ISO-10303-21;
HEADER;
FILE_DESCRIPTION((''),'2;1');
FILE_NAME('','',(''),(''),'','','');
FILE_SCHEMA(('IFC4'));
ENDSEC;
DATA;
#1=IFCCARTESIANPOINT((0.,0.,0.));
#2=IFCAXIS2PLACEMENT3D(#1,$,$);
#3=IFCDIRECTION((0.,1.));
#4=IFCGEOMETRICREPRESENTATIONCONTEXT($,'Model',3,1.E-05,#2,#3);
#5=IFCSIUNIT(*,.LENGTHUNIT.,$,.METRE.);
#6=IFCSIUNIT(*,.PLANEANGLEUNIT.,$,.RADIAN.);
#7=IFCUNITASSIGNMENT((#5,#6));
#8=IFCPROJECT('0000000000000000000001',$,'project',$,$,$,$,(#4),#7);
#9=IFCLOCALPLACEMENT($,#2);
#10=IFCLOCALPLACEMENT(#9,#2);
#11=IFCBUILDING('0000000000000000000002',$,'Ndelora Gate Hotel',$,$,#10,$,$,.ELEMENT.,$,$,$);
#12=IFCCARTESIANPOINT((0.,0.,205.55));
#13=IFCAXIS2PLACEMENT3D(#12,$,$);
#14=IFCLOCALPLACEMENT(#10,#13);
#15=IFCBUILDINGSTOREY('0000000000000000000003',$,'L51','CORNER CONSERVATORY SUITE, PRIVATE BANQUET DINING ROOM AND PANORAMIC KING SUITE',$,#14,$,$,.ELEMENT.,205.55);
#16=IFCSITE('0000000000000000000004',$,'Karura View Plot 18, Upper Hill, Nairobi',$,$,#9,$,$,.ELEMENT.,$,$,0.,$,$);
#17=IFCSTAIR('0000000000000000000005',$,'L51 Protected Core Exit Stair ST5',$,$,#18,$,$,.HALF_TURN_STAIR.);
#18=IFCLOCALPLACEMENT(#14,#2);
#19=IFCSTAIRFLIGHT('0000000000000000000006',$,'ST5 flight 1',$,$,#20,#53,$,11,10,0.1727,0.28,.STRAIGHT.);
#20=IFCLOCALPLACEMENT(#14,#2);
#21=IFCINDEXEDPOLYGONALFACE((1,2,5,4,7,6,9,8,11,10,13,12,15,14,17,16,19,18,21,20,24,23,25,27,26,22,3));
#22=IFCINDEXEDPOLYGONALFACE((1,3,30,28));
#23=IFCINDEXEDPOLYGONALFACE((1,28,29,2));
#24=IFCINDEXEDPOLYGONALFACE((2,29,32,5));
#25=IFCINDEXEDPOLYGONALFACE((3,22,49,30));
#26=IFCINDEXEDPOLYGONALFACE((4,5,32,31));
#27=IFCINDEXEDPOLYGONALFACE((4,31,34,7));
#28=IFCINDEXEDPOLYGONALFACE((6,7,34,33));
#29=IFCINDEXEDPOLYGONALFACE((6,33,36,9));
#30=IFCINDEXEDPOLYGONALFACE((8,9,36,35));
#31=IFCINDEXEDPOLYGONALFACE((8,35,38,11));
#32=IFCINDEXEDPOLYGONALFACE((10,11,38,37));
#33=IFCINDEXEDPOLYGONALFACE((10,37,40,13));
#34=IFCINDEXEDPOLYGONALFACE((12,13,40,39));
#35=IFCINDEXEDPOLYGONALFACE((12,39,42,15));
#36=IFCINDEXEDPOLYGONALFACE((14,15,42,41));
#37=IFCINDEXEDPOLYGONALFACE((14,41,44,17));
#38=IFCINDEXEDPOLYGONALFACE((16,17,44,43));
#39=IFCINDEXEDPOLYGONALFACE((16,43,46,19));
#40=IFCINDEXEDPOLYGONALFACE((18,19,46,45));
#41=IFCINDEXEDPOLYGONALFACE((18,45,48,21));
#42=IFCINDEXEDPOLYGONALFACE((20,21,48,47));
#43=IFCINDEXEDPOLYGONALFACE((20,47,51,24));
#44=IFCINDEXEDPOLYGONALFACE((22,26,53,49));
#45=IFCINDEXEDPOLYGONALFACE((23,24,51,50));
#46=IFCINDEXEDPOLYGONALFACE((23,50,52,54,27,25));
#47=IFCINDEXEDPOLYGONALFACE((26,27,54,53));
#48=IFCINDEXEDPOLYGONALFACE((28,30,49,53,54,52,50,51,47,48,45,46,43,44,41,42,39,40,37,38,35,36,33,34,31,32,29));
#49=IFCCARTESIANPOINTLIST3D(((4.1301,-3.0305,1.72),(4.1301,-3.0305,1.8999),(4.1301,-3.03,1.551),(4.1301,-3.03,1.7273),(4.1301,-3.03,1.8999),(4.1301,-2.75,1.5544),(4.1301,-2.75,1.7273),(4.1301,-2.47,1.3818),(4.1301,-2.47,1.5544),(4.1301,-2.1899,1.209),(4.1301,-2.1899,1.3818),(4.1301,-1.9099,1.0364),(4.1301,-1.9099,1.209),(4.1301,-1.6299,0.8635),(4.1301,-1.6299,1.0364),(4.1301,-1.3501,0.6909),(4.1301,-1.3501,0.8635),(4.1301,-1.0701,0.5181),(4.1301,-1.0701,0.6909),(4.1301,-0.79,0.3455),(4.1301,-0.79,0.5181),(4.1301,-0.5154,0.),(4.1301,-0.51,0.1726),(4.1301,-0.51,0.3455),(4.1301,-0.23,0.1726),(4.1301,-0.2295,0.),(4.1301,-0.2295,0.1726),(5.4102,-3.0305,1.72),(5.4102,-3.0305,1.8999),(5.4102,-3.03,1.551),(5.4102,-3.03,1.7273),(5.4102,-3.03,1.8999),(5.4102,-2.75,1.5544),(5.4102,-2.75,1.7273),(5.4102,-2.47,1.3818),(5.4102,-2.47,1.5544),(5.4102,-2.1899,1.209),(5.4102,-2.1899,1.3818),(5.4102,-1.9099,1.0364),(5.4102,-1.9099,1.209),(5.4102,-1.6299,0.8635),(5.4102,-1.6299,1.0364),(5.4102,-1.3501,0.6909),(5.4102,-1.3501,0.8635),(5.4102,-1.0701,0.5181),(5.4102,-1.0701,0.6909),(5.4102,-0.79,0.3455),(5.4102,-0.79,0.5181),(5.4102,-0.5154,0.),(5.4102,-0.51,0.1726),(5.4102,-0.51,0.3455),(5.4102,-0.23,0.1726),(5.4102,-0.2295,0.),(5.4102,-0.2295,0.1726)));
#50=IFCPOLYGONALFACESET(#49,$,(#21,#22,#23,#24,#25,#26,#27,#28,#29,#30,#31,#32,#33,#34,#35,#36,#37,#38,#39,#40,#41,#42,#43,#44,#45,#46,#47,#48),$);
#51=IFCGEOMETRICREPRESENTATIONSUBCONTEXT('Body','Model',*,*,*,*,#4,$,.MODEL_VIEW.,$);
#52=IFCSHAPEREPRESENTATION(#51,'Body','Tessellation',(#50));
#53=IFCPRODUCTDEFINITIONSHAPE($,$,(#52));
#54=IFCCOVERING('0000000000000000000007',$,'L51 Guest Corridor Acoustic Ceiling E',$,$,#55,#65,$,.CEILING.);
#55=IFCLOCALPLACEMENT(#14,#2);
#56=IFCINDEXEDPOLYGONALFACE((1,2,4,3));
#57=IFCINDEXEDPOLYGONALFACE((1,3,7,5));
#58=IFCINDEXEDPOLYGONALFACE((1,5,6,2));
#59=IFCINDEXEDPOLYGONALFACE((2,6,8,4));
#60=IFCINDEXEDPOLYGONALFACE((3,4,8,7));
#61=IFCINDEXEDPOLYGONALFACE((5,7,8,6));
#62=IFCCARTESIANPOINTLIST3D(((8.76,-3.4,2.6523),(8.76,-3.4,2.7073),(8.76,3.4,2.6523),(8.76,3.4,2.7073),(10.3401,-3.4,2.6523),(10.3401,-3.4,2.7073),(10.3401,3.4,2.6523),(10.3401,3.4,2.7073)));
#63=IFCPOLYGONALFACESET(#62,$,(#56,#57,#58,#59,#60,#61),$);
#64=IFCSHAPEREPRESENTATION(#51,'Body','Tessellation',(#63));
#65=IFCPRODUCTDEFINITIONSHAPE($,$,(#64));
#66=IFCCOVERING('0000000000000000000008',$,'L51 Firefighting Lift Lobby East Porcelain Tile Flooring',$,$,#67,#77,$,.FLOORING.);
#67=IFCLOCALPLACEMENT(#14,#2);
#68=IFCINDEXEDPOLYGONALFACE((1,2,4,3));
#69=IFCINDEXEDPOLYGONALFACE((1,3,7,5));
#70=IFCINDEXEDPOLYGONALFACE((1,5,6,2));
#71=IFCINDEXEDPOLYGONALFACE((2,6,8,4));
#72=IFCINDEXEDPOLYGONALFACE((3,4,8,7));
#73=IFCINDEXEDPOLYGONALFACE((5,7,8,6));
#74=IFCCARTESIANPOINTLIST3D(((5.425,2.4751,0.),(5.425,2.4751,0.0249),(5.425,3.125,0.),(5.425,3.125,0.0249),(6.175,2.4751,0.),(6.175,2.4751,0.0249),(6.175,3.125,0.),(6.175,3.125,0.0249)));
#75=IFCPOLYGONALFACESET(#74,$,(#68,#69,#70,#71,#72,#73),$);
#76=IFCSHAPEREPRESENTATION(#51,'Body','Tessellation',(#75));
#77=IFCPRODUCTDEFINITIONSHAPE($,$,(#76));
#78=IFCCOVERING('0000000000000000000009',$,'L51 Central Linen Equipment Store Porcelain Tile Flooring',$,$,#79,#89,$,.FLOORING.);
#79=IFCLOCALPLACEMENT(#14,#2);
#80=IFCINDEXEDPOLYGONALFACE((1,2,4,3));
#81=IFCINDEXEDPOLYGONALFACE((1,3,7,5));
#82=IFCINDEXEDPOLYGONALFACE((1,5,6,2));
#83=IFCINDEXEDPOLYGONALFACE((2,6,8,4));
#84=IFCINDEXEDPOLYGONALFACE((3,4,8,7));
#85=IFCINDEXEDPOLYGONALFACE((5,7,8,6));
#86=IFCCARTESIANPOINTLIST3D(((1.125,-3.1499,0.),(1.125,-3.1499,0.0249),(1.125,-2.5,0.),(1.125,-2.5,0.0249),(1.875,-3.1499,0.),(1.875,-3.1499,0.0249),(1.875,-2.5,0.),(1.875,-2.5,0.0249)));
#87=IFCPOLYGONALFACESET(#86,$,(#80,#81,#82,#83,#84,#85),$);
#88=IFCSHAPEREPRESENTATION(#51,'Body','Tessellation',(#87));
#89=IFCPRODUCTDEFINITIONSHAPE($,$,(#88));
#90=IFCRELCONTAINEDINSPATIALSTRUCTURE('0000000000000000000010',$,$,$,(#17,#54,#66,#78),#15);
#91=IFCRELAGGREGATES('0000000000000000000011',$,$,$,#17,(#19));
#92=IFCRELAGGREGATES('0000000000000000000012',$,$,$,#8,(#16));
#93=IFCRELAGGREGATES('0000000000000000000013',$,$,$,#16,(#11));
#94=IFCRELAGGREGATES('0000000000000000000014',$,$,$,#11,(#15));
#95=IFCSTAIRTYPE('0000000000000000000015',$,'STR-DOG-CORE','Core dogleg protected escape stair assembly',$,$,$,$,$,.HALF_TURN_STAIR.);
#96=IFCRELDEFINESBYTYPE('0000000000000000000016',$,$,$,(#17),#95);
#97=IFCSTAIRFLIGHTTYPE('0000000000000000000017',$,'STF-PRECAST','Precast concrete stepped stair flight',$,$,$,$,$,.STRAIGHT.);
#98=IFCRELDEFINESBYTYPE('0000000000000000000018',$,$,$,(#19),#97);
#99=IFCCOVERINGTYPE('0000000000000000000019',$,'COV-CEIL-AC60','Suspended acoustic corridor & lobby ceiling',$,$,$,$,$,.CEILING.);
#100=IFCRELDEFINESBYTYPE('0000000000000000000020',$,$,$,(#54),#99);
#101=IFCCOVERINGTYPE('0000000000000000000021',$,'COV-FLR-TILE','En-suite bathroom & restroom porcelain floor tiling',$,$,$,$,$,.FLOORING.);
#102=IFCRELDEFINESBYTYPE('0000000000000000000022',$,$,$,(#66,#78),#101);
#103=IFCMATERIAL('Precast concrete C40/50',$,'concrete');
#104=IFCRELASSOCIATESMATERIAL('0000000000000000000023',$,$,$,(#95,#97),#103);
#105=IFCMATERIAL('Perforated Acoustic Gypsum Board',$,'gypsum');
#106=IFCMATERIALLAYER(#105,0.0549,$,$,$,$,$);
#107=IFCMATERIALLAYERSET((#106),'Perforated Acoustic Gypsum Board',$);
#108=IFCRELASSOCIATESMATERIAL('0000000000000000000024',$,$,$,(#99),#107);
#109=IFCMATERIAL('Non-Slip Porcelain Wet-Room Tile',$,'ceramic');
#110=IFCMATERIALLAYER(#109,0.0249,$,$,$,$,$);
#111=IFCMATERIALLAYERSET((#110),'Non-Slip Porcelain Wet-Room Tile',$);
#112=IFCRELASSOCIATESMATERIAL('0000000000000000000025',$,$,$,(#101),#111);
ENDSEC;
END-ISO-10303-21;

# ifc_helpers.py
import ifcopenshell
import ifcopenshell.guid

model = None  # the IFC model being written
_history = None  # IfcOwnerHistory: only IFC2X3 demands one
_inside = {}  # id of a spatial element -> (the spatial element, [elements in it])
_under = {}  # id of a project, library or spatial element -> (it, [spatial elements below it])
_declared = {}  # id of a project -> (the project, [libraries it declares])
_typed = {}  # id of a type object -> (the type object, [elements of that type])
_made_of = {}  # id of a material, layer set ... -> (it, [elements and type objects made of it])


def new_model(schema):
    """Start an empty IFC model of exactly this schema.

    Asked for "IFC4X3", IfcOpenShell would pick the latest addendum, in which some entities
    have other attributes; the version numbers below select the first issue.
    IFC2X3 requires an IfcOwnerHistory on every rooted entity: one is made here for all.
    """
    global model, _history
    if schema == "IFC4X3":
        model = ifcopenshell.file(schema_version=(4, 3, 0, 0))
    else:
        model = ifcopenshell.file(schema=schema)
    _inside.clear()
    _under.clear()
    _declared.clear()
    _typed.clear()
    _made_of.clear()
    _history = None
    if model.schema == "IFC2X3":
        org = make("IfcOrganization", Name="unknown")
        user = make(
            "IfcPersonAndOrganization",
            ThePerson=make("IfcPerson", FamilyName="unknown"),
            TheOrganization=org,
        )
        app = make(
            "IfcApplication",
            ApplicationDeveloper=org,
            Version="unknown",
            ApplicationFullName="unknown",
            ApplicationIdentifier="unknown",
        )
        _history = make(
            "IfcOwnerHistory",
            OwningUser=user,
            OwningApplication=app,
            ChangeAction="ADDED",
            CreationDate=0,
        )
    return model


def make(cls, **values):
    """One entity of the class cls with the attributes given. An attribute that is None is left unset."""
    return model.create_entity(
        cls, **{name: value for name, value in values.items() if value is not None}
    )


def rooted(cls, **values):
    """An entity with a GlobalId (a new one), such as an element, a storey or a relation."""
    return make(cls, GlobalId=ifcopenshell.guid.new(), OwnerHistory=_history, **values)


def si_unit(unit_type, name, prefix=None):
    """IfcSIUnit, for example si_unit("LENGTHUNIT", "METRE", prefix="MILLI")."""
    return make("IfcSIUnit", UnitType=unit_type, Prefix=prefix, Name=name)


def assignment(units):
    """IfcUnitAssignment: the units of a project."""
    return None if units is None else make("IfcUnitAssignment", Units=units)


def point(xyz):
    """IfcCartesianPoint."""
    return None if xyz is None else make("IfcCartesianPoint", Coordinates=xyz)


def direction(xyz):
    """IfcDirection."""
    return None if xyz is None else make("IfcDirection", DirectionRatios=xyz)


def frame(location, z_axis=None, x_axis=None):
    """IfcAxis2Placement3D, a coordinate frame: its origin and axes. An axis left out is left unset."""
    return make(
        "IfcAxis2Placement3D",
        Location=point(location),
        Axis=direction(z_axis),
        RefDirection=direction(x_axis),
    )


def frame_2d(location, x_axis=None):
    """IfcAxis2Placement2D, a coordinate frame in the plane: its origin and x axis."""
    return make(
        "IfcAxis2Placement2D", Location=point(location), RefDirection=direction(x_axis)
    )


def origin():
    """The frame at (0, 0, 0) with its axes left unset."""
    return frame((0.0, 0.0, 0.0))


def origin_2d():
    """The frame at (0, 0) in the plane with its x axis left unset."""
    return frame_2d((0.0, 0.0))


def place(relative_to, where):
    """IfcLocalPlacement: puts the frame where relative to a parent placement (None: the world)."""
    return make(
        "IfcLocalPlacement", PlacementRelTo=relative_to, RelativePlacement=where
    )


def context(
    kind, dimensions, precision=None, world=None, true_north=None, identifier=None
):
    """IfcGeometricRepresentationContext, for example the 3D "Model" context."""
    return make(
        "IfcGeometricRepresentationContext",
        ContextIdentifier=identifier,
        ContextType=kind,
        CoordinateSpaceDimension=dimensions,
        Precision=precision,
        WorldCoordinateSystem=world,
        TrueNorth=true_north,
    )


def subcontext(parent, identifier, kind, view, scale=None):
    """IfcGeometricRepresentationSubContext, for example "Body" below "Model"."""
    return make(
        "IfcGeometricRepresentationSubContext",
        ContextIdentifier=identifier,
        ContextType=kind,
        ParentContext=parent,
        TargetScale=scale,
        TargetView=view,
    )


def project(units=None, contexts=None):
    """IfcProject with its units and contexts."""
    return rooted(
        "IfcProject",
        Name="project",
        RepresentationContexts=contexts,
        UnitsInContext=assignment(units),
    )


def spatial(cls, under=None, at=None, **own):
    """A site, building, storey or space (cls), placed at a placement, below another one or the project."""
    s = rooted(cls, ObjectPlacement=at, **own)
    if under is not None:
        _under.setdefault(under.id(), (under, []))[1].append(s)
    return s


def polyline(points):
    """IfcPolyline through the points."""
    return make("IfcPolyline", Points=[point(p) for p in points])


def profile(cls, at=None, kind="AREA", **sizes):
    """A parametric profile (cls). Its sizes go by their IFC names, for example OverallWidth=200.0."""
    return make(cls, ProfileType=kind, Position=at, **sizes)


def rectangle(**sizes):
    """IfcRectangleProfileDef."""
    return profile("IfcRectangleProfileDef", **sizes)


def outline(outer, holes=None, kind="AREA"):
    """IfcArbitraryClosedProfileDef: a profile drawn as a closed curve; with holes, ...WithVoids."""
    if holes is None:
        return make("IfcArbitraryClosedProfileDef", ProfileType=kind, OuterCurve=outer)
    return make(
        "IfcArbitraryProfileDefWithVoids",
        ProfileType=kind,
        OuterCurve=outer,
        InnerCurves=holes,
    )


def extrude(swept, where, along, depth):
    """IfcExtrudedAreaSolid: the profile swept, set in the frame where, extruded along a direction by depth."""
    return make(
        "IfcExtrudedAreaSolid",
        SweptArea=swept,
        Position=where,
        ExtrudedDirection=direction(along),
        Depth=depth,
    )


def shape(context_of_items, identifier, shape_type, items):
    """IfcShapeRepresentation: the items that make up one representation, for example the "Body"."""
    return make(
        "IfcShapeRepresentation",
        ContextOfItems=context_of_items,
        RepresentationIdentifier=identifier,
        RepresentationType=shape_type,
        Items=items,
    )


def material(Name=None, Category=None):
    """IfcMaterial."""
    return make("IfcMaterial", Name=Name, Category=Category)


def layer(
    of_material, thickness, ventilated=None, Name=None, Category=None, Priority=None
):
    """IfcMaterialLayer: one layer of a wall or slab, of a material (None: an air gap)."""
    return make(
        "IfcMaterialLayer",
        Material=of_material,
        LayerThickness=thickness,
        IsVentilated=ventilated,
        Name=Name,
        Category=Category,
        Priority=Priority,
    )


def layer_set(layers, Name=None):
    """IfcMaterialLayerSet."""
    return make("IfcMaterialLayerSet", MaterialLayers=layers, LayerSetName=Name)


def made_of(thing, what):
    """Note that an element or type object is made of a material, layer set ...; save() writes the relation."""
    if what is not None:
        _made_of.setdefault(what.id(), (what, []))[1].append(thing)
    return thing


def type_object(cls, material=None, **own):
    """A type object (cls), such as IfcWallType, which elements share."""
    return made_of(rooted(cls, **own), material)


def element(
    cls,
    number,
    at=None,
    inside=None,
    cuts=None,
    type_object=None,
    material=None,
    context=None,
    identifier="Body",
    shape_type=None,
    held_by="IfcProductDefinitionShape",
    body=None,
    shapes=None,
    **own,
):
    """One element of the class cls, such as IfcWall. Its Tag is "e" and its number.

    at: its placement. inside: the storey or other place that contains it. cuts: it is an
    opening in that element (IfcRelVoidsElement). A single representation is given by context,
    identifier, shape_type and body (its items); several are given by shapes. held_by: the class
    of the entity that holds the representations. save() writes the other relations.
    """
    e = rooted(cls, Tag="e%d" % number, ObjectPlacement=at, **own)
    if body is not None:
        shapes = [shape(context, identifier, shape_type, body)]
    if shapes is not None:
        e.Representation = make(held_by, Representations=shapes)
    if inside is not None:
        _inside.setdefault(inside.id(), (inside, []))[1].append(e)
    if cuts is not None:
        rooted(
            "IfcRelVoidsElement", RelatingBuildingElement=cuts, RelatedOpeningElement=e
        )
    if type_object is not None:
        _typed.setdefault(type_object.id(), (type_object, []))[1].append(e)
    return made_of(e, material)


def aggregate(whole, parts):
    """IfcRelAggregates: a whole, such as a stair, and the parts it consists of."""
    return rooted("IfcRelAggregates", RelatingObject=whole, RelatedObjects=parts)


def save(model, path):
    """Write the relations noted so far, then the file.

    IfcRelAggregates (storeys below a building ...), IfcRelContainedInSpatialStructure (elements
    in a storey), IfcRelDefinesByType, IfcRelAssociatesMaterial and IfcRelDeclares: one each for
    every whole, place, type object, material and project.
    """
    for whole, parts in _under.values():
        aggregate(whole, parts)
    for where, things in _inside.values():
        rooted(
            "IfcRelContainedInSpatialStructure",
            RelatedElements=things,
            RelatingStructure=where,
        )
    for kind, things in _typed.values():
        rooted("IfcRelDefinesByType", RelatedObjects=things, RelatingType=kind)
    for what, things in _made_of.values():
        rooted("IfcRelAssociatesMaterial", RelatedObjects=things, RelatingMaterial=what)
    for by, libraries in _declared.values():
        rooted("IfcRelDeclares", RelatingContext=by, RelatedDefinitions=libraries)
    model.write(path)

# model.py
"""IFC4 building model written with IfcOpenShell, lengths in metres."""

from ifc_helpers import new_model, si_unit, direction, frame, origin, origin_2d, place, context, subcontext, project, spatial, polyline, rectangle, outline, extrude, material, layer, layer_set, type_object, element, aggregate, save


model = new_model("IFC4")

# Units and contexts
model_context = context("Model", 3, precision=1e-05, world=origin(), true_north=direction((0.0, 1.0)))
body_context = subcontext(model_context, "Body", "Model", "MODEL_VIEW")
ifc_project = project(units=[si_unit("LENGTHUNIT", "METRE"), si_unit("PLANEANGLEUNIT", "RADIAN")], contexts=[model_context])

# Site, building, storey
site_placement = place(None, origin())
site = spatial("IfcSite", under=ifc_project, at=site_placement, Name="Karura View Plot 18, Upper Hill, Nairobi", CompositionType="ELEMENT", RefElevation=0.0)
building_placement = place(site_placement, origin())
building = spatial("IfcBuilding", under=site, at=building_placement, Name="Ndelora Gate Hotel", CompositionType="ELEMENT")
storey_placement = place(building_placement, frame((0.0, 0.0, 205.55)))
storey = spatial("IfcBuildingStorey", under=building, at=storey_placement, Name="L51", Description="CORNER CONSERVATORY SUITE, PRIVATE BANQUET DINING ROOM AND PANORAMIC KING SUITE", CompositionType="ELEMENT", Elevation=205.55)

# Stair, stair flight
ifc_material_1 = material(Name="Precast concrete C40/50", Category="concrete")
stair_type = type_object("IfcStairType", Name="STR-DOG-CORE", Description="Core dogleg protected escape stair assembly", PredefinedType="HALF_TURN_STAIR", material=ifc_material_1)
stair_placement = place(storey_placement, origin())
stair = element("IfcStair", 1, at=stair_placement, inside=storey, type_object=stair_type, Name="L51 Protected Core Exit Stair ST5", PredefinedType="HALF_TURN_STAIR")
stair_flight_type = type_object("IfcStairFlightType", Name="STF-PRECAST", Description="Precast concrete stepped stair flight", PredefinedType="STRAIGHT", material=ifc_material_1)
stair_flight_placement = place(storey_placement, frame((4.77, -0.23, 0.0), z_axis=(0.0, 0.0, 1.0), x_axis=(0.0, -1.0, 0.0)))
stair_flight = element("IfcStairFlight", 2, at=stair_flight_placement, type_object=stair_flight_type, Name="ST5 flight 1", NumberOfRisers=11, NumberOfTreads=10, PredefinedType="STRAIGHT", RiserHeight=0.1727, TreadLength=0.28, context=body_context, shape_type="SweptSolid", body=[
    extrude(outline(polyline([(-0.0005, 0.0), (-0.0005, 0.1726), (0.0, 0.1726), (0.28, 0.1726), (0.28, 0.3455), (0.5601, 0.3455), (0.5601, 0.5181), (0.8401, 0.5181), (0.8401, 0.6909), (1.1201, 0.6909), (1.1201, 0.8635), (1.3999, 0.8635), (1.3999, 1.0364), (1.6799, 1.0364), (1.6799, 1.209), (1.96, 1.209), (1.96, 1.3818), (2.24, 1.3818), (2.24, 1.5544), (2.52, 1.5544), (2.52, 1.7273), (2.8, 1.7273), (2.8, 1.8999), (2.8005, 1.8999), (2.8005, 1.72), (2.8, 1.551), (0.2854, 0.0), (-0.0005, 0.0)])), frame((0.0, 0.6401, 0.0), z_axis=(0.0, -1.0, 0.0), x_axis=(1.0, 0.0, 0.0)), (0.0, 0.0, 1.0), 1.28),
])
aggregate(stair, [stair_flight])

# Coverings
ifc_material_2 = material(Name="Perforated Acoustic Gypsum Board", Category="gypsum")
ifc_layer_1 = layer(ifc_material_2, 0.0549)
ifc_layer_set_1 = layer_set([ifc_layer_1], Name="Perforated Acoustic Gypsum Board")
covering_type_1 = type_object("IfcCoveringType", Name="COV-CEIL-AC60", Description="Suspended acoustic corridor & lobby ceiling", PredefinedType="CEILING", material=ifc_layer_set_1)
covering_placement = place(storey_placement, frame((9.55, 0.0, 2.6523), z_axis=(0.0, 0.0, 1.0), x_axis=(1.0, 0.0, 0.0)))
element("IfcCovering", 3, at=covering_placement, inside=storey, type_object=covering_type_1, Name="L51 Guest Corridor Acoustic Ceiling E", PredefinedType="CEILING", context=body_context, shape_type="SweptSolid", body=[
    extrude(rectangle(XDim=1.5801, YDim=6.8, at=origin_2d()), origin(), (0.0, 0.0, 1.0), 0.0549),
])
ifc_material_3 = material(Name="Non-Slip Porcelain Wet-Room Tile", Category="ceramic")
ifc_layer_2 = layer(ifc_material_3, 0.0249)
ifc_layer_set_2 = layer_set([ifc_layer_2], Name="Non-Slip Porcelain Wet-Room Tile")
covering_type_2 = type_object("IfcCoveringType", Name="COV-FLR-TILE", Description="En-suite bathroom & restroom porcelain floor tiling", PredefinedType="FLOORING", material=ifc_layer_set_2)
for number, where, z_axis, x_axis, name in (
    (4, (5.8, 2.8, 0.0), (0.0, 0.0, 1.0), (1.0, 0.0, 0.0), "L51 Firefighting Lift Lobby East Porcelain Tile Flooring"),
    (5, (1.5, -2.825, 0.0), (0.0, 0.0, 1.0), (1.0, 0.0, 0.0), "L51 Central Linen Equipment Store Porcelain Tile Flooring"),
):
    element("IfcCovering", number, at=place(storey_placement, frame(where, z_axis=z_axis, x_axis=x_axis)), inside=storey, type_object=covering_type_2, Name=name, PredefinedType="FLOORING", context=body_context, shape_type="SweptSolid", body=[
        extrude(rectangle(XDim=0.75, YDim=0.6499, at=origin_2d()), origin(), (0.0, 0.0, 1.0), 0.0249),
    ])

save(model, "model.ifc")
